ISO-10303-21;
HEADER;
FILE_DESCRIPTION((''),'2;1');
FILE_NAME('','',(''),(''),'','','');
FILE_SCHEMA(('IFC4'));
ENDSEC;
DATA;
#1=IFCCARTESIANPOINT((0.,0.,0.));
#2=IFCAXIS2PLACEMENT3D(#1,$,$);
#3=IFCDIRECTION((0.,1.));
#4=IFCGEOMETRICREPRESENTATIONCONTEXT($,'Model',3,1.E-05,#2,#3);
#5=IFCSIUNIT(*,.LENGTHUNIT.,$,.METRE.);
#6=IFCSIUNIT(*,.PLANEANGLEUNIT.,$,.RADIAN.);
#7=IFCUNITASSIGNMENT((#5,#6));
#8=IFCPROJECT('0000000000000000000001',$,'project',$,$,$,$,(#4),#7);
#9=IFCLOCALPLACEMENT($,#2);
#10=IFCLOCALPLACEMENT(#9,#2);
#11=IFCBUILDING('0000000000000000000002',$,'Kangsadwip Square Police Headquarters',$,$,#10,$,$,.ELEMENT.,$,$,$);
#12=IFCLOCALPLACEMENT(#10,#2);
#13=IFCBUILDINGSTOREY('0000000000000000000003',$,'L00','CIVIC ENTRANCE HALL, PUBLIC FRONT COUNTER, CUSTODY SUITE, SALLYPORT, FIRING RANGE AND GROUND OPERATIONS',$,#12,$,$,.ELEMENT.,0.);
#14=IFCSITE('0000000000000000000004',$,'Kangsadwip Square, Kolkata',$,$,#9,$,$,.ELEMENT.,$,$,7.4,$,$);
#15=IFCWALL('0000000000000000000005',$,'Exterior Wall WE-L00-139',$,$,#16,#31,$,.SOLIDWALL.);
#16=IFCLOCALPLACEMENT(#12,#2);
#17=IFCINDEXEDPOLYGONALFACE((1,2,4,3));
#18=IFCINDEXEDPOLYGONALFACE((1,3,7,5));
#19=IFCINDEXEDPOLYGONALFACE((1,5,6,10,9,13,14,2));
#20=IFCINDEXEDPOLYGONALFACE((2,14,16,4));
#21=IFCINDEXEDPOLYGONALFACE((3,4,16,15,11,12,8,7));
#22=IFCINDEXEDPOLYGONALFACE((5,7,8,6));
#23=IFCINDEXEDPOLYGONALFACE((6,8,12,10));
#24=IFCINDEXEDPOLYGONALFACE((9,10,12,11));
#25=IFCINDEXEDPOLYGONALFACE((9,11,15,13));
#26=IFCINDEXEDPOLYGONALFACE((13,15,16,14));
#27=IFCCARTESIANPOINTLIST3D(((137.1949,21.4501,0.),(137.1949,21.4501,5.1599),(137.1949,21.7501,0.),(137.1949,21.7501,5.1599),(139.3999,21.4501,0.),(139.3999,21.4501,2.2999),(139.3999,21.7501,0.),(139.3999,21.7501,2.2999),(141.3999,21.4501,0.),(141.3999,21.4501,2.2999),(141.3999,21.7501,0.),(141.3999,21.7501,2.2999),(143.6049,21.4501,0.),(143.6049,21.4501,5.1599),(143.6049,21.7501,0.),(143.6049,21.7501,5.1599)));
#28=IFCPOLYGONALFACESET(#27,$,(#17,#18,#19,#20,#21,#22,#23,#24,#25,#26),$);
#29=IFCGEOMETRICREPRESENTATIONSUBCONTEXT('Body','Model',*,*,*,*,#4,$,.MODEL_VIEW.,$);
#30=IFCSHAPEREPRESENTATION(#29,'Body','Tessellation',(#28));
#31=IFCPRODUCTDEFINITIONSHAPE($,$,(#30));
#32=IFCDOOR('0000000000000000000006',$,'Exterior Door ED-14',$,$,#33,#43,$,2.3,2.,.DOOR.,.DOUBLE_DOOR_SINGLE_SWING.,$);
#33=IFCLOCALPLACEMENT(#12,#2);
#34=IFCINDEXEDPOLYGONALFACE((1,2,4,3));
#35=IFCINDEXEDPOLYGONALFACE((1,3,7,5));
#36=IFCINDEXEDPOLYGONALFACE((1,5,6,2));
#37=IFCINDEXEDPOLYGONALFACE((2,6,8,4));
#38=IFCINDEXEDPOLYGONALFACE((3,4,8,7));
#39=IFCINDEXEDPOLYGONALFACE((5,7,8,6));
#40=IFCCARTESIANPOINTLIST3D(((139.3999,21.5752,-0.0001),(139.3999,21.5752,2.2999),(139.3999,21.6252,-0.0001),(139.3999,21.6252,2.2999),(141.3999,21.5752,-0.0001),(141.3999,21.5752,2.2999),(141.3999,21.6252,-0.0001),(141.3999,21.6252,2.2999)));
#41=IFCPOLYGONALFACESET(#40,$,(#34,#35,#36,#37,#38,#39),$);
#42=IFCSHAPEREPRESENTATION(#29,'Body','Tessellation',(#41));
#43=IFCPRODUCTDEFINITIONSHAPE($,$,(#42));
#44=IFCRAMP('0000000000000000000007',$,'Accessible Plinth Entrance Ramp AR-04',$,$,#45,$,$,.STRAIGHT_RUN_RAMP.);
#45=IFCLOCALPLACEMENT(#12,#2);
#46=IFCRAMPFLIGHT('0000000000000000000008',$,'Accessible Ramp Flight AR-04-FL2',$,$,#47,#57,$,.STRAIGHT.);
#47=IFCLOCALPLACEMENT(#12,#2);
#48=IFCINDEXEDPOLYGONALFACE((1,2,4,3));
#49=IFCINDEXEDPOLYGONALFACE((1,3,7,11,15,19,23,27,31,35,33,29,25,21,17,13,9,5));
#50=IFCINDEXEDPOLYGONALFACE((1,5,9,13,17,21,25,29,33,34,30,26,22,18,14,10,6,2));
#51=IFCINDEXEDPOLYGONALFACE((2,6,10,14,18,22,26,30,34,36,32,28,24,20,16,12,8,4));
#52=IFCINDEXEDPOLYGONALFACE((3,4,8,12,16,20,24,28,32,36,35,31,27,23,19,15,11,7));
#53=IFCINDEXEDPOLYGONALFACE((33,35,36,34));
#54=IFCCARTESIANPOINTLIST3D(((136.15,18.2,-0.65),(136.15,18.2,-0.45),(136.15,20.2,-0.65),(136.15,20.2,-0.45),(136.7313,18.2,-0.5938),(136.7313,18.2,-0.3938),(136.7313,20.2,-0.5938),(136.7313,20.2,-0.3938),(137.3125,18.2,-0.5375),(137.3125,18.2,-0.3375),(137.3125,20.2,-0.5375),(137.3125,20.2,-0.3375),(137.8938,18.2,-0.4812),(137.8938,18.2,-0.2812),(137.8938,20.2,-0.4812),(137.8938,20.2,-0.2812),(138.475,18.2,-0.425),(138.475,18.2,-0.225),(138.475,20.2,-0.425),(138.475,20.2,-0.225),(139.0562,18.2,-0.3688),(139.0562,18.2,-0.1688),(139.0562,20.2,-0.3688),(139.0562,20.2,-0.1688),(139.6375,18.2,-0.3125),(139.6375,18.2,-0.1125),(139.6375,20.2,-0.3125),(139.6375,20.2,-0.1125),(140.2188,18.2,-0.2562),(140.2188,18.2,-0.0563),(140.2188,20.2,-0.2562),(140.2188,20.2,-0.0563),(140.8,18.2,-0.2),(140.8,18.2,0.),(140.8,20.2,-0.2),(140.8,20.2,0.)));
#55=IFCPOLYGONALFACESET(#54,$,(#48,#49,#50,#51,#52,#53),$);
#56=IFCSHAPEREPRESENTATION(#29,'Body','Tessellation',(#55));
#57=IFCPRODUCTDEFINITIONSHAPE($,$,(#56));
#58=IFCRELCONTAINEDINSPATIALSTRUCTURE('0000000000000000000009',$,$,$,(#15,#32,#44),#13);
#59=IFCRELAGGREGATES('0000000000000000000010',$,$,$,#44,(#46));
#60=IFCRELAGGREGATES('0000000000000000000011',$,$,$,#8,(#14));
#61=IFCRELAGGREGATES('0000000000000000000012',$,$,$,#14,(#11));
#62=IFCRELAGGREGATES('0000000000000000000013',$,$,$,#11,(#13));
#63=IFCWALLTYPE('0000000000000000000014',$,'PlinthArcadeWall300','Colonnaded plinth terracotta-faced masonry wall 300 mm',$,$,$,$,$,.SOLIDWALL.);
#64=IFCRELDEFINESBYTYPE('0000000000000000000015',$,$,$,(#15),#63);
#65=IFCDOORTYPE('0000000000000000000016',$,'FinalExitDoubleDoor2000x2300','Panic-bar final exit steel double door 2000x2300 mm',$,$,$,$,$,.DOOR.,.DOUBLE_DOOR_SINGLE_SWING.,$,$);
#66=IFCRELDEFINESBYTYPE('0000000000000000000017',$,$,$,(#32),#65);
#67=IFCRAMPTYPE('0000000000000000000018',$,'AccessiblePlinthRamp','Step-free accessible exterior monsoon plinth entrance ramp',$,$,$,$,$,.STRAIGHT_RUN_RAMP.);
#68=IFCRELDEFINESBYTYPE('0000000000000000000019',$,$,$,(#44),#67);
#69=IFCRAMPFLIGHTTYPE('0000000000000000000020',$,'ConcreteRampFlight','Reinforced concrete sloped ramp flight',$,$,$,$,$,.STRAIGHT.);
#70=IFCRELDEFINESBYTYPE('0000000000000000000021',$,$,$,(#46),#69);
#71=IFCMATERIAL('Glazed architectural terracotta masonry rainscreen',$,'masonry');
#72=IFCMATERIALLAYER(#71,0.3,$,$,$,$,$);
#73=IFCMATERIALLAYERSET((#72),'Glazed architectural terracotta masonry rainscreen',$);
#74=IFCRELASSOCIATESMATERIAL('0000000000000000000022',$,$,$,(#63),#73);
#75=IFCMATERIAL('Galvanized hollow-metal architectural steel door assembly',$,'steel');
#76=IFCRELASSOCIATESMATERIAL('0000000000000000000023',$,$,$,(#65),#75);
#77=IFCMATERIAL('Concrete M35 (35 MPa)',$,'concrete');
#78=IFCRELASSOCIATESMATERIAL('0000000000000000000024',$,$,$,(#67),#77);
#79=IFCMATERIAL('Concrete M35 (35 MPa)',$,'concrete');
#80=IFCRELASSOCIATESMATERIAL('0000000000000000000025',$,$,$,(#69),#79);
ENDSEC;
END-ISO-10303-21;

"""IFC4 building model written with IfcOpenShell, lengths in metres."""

from ifc_helpers import new_model, si_unit, direction, frame, frame_2d, origin, place, context, subcontext, project, spatial, polyline, rectangle, outline, extrude, material, layer, layer_set, type_object, element, fill, aggregate, save


model = new_model("IFC4")

# Units and contexts
model_context = context("Model", 3, precision=1e-05, world=origin(), true_north=direction((0.0, 1.0)))
body_context = subcontext(model_context, "Body", "Model", "MODEL_VIEW")
ifc_project = project(units=[si_unit("LENGTHUNIT", "METRE"), si_unit("PLANEANGLEUNIT", "RADIAN")], contexts=[model_context])

# Site, building, storey
site_placement = place(None, origin())
site = spatial("IfcSite", under=ifc_project, at=site_placement, Name="Kangsadwip Square, Kolkata", CompositionType="ELEMENT", RefElevation=7.4)
building_placement = place(site_placement, origin())
building = spatial("IfcBuilding", under=site, at=building_placement, Name="Kangsadwip Square Police Headquarters", CompositionType="ELEMENT")
storey_placement = place(building_placement, origin())
storey = spatial("IfcBuildingStorey", under=building, at=storey_placement, Name="L00", Description="CIVIC ENTRANCE HALL, PUBLIC FRONT COUNTER, CUSTODY SUITE, SALLYPORT, FIRING RANGE AND GROUND OPERATIONS", CompositionType="ELEMENT", Elevation=0.0)

# Wall, opening, door
ifc_material_1 = material(Name="Glazed architectural terracotta masonry rainscreen", Category="masonry")
ifc_layer_1 = layer(ifc_material_1, 0.3)
ifc_layer_set_1 = layer_set([ifc_layer_1], Name="Glazed architectural terracotta masonry rainscreen")
wall_type_1 = type_object("IfcWallType", Name="PlinthArcadeWall300", Description="Colonnaded plinth terracotta-faced masonry wall 300 mm", PredefinedType="SOLIDWALL", material=ifc_layer_set_1)
ifc_material_2 = material(Name="Galvanized hollow-metal architectural steel door assembly", Category="steel")
door_type_1 = type_object("IfcDoorType", Name="FinalExitDoubleDoor2000x2300", Description="Panic-bar final exit steel double door 2000x2300 mm", OperationType="DOUBLE_DOOR_SINGLE_SWING", PredefinedType="DOOR", material=ifc_material_2)
wall_1_placement = place(storey_placement, frame((143.605, 21.6001, 0.0), z_axis=(0.0, 0.0, 1.0), x_axis=(-1.0, 0.0, 0.0)))
wall_1 = element("IfcWall", 1, at=wall_1_placement, inside=storey, type_object=wall_type_1, Name="Exterior Wall WE-L00-139", PredefinedType="SOLIDWALL", context=body_context, shape_type="SweptSolid", body=[
    extrude(rectangle(XDim=6.4099, YDim=0.3, at=frame_2d((3.2051, 0.0))), origin(), (0.0, 0.0, 1.0), 5.1599),
])
opening_1_placement = place(wall_1_placement, frame((2.2051, 0.0, 0.0)))
opening_1 = element("IfcOpeningElement", 2, at=opening_1_placement, cuts=wall_1, PredefinedType="OPENING", context=body_context, shape_type="SweptSolid", body=[
    extrude(rectangle(XDim=2.0, YDim=2.3, at=frame_2d((1.0, 1.1499))), frame((0.0, 0.1599, 0.0), z_axis=(0.0, -1.0, 0.0), x_axis=(1.0, 0.0, 0.0)), (0.0, 0.0, 1.0), 0.3201),
])
door_1_placement = place(opening_1_placement, origin())
door_1 = element("IfcDoor", 3, at=door_1_placement, inside=storey, type_object=door_type_1, Name="Exterior Door ED-14", OperationType="DOUBLE_DOOR_SINGLE_SWING", OverallHeight=2.3, OverallWidth=2.0, PredefinedType="DOOR", context=body_context, shape_type="SweptSolid", body=[
    extrude(rectangle(XDim=2.0, YDim=2.3, at=frame_2d((1.0, 1.1499))), frame((0.0, 0.0249, 0.0), z_axis=(0.0, -1.0, 0.0), x_axis=(1.0, 0.0, 0.0)), (0.0, 0.0, 1.0), 0.05),
])
fill(opening_1, door_1)

# Ramp, ramp flight
ifc_material_3 = material(Name="Concrete M35 (35 MPa)", Category="concrete")
ramp_type = type_object("IfcRampType", Name="AccessiblePlinthRamp", Description="Step-free accessible exterior monsoon plinth entrance ramp", PredefinedType="STRAIGHT_RUN_RAMP", material=ifc_material_3)
ramp_placement = place(storey_placement, origin())
ramp = element("IfcRamp", 4, at=ramp_placement, inside=storey, type_object=ramp_type, Name="Accessible Plinth Entrance Ramp AR-04", PredefinedType="STRAIGHT_RUN_RAMP")
ifc_material_4 = material(Name="Concrete M35 (35 MPa)", Category="concrete")
ramp_flight_type = type_object("IfcRampFlightType", Name="ConcreteRampFlight", Description="Reinforced concrete sloped ramp flight", PredefinedType="STRAIGHT", material=ifc_material_4)
ramp_flight_placement = place(storey_placement, frame((136.15, 20.2, -0.45), z_axis=(0.0, -1.0, 0.0), x_axis=(1.0, 0.0, 0.0)))
ramp_flight = element("IfcRampFlight", 5, at=ramp_flight_placement, type_object=ramp_flight_type, Name="Accessible Ramp Flight AR-04-FL2", PredefinedType="STRAIGHT", context=body_context, shape_type="SweptSolid", body=[
    extrude(outline(polyline([(0.0, 0.0), (0.5813, 0.0563), (1.1625, 0.1125), (1.7437, 0.1688), (2.325, 0.225), (2.9062, 0.2812), (3.4875, 0.3375), (4.0687, 0.3937), (4.65, 0.45), (4.65, 0.25), (4.0687, 0.1938), (3.4875, 0.1375), (2.9062, 0.0813), (2.325, 0.025), (1.7437, -0.0312), (1.1625, -0.0875), (0.5813, -0.1437), (0.0, -0.2), (0.0, 0.0)])), origin(), (0.0, 0.0, 1.0), 2.0),
])
aggregate(ramp, [ramp_flight])

save(model, "model.ifc")
